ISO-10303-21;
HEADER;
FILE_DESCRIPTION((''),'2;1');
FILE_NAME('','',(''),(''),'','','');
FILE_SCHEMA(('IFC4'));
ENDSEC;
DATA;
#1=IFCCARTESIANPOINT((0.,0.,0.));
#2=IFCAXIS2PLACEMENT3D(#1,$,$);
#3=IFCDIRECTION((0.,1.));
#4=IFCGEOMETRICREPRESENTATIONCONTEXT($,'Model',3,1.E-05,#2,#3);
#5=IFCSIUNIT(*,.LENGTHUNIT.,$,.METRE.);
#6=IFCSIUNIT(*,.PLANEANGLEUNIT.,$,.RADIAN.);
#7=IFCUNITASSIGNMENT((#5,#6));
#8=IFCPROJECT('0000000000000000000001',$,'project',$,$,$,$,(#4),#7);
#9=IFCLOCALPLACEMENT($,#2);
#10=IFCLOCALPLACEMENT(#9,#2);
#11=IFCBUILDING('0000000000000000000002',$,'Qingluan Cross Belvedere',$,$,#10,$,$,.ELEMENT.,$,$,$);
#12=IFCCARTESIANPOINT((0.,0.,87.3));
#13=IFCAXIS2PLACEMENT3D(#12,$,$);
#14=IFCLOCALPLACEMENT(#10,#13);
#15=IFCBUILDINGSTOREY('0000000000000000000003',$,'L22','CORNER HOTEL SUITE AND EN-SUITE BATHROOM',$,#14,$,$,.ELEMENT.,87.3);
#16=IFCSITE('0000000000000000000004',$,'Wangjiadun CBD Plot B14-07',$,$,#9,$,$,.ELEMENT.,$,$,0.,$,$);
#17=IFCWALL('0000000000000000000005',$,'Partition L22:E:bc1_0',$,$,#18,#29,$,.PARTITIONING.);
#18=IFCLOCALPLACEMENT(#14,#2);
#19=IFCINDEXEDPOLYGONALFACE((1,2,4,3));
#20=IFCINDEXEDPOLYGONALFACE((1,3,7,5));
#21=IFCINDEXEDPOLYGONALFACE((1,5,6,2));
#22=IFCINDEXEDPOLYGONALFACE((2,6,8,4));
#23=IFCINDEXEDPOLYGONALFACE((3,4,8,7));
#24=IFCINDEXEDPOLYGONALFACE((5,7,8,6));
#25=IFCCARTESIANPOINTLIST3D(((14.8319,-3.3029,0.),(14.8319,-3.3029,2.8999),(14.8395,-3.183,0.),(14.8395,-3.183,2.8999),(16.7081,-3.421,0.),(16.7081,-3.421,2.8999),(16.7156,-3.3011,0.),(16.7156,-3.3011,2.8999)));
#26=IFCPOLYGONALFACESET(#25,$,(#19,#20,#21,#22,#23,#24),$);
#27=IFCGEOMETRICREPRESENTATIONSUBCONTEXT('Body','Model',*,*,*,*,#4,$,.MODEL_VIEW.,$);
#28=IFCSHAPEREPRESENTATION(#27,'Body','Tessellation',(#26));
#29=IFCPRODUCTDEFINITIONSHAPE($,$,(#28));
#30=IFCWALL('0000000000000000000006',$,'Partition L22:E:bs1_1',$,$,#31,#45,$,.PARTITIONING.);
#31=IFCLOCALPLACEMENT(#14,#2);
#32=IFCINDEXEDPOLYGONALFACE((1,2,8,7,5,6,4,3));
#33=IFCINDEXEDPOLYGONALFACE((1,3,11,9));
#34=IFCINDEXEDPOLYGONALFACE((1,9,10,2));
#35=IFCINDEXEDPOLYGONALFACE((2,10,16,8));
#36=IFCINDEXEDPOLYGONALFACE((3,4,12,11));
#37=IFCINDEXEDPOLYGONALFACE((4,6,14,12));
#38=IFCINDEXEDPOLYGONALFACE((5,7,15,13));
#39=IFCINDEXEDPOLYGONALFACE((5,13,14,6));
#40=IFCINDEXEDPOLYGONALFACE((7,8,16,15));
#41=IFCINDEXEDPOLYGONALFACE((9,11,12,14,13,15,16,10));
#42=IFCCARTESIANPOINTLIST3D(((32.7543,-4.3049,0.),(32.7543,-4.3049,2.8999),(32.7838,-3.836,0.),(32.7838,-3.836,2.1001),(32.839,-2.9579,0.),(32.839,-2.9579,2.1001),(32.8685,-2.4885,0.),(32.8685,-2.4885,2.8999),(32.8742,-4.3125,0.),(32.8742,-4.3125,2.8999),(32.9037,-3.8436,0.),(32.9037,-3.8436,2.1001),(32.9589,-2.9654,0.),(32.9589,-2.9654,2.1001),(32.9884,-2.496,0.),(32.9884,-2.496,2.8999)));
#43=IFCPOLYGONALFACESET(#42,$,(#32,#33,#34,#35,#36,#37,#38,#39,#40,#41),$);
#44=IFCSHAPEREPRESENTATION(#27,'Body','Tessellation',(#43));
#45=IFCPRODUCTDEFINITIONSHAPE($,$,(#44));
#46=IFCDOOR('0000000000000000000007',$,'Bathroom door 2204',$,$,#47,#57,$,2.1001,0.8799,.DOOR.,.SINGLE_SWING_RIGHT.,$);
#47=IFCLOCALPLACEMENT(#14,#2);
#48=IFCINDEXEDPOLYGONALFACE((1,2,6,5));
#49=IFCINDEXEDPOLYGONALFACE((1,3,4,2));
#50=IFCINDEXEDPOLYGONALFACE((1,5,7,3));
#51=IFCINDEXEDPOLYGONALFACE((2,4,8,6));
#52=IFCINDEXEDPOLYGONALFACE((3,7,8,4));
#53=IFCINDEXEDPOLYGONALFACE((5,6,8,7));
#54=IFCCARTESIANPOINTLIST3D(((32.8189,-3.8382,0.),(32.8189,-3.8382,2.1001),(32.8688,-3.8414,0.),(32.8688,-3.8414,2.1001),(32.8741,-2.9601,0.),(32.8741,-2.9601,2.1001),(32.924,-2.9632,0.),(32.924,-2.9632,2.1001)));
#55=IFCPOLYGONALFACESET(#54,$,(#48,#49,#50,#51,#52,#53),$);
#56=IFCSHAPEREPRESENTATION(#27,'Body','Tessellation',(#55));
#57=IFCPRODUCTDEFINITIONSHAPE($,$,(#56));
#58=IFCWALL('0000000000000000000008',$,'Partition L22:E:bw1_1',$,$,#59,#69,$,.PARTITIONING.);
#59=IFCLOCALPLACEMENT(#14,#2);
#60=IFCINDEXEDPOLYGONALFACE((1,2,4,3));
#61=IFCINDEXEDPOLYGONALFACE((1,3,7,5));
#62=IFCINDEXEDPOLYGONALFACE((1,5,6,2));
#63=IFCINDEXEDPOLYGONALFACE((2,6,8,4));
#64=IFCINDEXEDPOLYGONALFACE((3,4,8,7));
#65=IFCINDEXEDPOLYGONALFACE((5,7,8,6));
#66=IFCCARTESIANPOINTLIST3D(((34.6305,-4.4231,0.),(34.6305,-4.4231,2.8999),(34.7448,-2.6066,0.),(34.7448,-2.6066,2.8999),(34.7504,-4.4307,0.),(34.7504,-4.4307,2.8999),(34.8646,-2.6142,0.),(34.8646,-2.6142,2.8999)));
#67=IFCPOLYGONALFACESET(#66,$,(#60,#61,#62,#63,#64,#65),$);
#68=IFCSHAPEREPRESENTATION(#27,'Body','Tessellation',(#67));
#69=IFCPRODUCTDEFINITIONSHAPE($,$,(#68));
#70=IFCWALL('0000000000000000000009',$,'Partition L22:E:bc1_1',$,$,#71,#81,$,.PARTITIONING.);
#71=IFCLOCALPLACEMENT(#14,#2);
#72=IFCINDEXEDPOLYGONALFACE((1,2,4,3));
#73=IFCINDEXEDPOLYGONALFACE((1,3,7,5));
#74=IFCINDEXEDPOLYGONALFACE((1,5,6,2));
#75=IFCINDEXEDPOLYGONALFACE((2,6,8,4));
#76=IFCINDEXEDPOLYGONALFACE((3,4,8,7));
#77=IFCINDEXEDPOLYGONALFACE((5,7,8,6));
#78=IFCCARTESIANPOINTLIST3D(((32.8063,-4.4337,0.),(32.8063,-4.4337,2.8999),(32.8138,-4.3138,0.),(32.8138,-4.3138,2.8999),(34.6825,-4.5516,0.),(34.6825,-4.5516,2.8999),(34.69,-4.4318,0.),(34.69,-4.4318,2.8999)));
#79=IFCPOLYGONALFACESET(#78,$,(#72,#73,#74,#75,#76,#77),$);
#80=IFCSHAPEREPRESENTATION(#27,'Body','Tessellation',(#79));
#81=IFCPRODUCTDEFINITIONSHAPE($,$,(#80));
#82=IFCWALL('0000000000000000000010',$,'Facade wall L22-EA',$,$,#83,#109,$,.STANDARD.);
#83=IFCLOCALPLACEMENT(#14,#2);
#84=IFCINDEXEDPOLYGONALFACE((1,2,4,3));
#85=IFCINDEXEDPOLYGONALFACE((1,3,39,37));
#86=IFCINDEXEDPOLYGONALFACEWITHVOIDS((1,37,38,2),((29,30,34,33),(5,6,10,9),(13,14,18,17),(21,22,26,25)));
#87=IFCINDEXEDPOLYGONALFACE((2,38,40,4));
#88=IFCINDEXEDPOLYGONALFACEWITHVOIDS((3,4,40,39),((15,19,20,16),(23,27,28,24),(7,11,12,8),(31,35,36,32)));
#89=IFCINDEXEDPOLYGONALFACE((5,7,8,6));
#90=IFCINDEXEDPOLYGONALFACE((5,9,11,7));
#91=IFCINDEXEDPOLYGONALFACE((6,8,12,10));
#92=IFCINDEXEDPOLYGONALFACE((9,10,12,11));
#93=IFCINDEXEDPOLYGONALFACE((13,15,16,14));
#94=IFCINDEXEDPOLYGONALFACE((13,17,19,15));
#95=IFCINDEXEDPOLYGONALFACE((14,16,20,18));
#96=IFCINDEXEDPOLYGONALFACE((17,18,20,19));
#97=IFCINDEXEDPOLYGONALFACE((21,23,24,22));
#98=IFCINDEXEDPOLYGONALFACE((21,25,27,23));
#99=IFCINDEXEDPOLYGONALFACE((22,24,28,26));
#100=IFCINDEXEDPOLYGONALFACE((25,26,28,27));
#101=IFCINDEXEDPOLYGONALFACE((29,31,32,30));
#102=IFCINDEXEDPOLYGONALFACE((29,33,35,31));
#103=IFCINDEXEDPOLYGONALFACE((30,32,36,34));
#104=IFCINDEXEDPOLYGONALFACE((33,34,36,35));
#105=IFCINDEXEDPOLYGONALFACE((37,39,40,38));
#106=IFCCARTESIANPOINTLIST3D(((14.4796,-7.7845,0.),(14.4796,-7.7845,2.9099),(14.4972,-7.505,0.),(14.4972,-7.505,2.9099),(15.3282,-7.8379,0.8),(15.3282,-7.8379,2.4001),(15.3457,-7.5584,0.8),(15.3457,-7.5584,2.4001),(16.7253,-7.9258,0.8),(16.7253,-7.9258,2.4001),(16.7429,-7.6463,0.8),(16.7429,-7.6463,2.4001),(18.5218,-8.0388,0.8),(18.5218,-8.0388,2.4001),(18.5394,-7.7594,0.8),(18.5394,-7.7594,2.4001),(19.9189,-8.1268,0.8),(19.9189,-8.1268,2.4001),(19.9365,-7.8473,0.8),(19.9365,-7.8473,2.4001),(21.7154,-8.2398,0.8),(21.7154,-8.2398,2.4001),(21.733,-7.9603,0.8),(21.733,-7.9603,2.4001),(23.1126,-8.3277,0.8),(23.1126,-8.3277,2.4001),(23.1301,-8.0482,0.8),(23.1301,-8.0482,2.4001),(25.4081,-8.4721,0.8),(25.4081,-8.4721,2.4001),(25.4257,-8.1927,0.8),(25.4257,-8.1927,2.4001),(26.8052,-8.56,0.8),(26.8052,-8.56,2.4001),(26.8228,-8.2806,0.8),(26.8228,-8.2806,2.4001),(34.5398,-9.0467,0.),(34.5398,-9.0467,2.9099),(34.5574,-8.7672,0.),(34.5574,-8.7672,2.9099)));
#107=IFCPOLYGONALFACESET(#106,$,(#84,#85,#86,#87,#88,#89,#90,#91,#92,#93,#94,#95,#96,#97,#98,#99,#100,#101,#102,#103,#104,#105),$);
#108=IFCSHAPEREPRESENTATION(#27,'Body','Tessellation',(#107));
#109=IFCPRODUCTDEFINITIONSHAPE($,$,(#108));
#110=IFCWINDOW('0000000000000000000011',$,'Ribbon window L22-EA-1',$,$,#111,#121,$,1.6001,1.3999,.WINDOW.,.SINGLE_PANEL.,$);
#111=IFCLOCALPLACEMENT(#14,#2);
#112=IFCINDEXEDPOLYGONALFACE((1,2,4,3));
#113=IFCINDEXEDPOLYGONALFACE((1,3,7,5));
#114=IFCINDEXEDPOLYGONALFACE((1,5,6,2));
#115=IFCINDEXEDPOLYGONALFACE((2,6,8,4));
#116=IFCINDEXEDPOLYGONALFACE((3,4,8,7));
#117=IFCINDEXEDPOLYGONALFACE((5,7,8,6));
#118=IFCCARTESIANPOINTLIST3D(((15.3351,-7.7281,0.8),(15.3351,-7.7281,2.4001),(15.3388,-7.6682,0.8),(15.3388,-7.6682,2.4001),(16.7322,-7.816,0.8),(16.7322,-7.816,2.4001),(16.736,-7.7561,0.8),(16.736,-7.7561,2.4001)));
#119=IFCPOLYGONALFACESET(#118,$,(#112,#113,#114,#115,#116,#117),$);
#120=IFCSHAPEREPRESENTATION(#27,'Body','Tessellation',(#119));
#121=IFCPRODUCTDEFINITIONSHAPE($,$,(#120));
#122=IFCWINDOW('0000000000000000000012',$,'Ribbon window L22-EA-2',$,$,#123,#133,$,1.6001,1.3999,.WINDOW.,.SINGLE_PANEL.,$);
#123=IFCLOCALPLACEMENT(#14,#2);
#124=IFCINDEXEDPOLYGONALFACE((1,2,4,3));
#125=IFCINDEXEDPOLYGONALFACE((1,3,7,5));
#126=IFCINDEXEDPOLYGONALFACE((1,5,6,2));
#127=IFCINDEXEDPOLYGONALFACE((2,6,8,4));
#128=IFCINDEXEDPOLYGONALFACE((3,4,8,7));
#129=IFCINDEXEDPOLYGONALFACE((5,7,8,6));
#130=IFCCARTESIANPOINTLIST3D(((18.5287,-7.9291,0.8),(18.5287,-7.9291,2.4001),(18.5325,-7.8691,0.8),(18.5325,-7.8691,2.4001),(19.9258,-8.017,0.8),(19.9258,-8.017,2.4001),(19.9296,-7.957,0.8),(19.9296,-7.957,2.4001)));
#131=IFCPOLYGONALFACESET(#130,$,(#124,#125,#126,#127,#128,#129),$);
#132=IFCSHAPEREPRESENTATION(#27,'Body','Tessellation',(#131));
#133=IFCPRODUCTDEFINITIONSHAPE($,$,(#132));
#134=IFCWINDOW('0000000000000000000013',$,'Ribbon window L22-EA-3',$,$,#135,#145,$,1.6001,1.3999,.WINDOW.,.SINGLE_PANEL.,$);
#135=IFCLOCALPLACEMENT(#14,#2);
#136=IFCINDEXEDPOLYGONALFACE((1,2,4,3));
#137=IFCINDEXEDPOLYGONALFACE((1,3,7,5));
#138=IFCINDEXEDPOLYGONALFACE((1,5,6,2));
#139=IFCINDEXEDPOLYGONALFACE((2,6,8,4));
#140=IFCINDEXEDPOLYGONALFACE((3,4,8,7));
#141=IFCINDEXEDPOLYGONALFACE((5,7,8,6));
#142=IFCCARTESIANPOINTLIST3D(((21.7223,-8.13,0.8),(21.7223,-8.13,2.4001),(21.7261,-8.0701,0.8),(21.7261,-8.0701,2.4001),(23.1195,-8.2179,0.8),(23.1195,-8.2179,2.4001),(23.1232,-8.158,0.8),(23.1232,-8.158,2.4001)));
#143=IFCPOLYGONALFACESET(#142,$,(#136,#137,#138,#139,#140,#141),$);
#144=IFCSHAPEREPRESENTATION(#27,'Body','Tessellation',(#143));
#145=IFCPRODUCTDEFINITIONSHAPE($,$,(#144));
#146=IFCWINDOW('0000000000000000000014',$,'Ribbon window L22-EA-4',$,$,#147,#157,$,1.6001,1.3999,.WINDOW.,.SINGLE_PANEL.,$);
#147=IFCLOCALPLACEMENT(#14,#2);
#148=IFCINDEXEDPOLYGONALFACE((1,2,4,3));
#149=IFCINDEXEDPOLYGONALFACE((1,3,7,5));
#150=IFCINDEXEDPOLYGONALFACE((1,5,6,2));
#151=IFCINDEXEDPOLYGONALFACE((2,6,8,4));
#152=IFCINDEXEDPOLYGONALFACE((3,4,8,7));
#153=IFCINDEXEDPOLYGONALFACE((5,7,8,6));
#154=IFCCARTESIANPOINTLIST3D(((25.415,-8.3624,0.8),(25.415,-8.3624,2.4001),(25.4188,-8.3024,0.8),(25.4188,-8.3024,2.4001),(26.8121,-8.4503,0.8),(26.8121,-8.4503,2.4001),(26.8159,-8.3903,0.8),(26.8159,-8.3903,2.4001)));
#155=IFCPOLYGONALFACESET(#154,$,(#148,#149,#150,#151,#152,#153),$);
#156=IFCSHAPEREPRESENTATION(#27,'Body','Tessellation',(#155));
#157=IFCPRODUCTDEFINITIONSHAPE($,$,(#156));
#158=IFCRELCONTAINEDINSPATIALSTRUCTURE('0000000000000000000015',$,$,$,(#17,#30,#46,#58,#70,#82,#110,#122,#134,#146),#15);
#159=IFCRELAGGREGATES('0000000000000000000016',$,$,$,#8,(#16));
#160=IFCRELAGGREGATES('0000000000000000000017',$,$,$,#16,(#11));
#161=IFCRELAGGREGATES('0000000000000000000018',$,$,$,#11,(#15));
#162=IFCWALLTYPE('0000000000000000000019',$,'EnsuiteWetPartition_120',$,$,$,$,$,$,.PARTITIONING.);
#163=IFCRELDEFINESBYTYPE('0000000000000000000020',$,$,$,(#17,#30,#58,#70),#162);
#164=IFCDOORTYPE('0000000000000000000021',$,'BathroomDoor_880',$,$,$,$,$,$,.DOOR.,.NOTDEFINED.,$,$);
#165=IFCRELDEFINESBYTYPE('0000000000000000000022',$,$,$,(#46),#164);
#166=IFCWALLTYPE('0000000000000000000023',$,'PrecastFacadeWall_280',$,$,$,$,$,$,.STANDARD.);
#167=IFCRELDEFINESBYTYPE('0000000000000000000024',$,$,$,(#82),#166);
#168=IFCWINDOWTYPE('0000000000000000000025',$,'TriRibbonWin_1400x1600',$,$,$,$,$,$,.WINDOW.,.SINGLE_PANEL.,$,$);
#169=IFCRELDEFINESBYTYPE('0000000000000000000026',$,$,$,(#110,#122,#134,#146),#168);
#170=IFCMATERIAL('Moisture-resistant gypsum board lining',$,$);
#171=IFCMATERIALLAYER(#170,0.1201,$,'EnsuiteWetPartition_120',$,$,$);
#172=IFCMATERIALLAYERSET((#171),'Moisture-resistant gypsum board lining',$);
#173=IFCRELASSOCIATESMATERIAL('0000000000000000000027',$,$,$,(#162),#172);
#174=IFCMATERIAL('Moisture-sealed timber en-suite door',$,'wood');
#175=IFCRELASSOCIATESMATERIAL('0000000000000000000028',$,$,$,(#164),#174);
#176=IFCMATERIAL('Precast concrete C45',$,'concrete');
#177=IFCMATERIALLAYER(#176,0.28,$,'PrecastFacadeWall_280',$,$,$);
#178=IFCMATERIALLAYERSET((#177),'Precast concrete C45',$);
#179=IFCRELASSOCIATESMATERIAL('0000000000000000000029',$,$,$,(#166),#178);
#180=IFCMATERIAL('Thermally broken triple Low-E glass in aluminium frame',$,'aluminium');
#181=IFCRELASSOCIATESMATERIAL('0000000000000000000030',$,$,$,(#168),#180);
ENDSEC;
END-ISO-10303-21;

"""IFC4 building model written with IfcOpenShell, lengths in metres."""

from ifc_helpers import new_model, si_unit, direction, frame, frame_2d, origin, place, context, subcontext, project, spatial, rectangle, extrude, material, layer, layer_set, type_object, element, fill, save


model = new_model("IFC4")

# Units and contexts
model_context = context("Model", 3, precision=1e-05, world=origin(), true_north=direction((0.0, 1.0)))
body_context = subcontext(model_context, "Body", "Model", "MODEL_VIEW")
ifc_project = project(units=[si_unit("LENGTHUNIT", "METRE"), si_unit("PLANEANGLEUNIT", "RADIAN")], contexts=[model_context])

# Site, building, storey
site_placement = place(None, origin())
site = spatial("IfcSite", under=ifc_project, at=site_placement, Name="Wangjiadun CBD Plot B14-07", CompositionType="ELEMENT", RefElevation=0.0)
building_placement = place(site_placement, origin())
building = spatial("IfcBuilding", under=site, at=building_placement, Name="Qingluan Cross Belvedere", CompositionType="ELEMENT")
storey_placement = place(building_placement, frame((0.0, 0.0, 87.3)))
storey = spatial("IfcBuildingStorey", under=building, at=storey_placement, Name="L22", Description="CORNER HOTEL SUITE AND EN-SUITE BATHROOM", CompositionType="ELEMENT", Elevation=87.3)

# Shared definitions
ifc_material_1 = material(Name="Moisture-resistant gypsum board lining")
ifc_layer_1 = layer(ifc_material_1, 0.1201, Name="EnsuiteWetPartition_120")
ifc_layer_set_1 = layer_set([ifc_layer_1], Name="Moisture-resistant gypsum board lining")
wall_type_1 = type_object("IfcWallType", Name="EnsuiteWetPartition_120", PredefinedType="PARTITIONING", material=ifc_layer_set_1)
ifc_material_2 = material(Name="Moisture-sealed timber en-suite door", Category="wood")
door_type = type_object("IfcDoorType", Name="BathroomDoor_880", OperationType="NOTDEFINED", PredefinedType="DOOR", material=ifc_material_2)

# Wall
wall_1_placement = place(storey_placement, frame((14.8357, -3.2429, 0.0), z_axis=(0.0, 0.0, 1.0), x_axis=(0.998023, -0.062855, 0.0)))
element("IfcWall", 1, at=wall_1_placement, inside=storey, type_object=wall_type_1, Name="Partition L22:E:bc1_0", PredefinedType="PARTITIONING", context=body_context, shape_type="SweptSolid", body=[
    extrude(rectangle(XDim=1.8799, YDim=0.1201, at=frame_2d((0.9399, 0.0))), origin(), (0.0, 0.0, 1.0), 2.8999),
])

# Wall, opening, door
wall_2_placement = place(storey_placement, frame((32.8142, -4.3088, 0.0), z_axis=(0.0, 0.0, 1.0), x_axis=(0.062779, 0.998027, 0.0)))
wall_2 = element("IfcWall", 2, at=wall_2_placement, inside=storey, type_object=wall_type_1, Name="Partition L22:E:bs1_1", PredefinedType="PARTITIONING", context=body_context, shape_type="SweptSolid", body=[
    extrude(rectangle(XDim=1.8201, YDim=0.1201, at=frame_2d((0.9102, 0.0))), origin(), (0.0, 0.0, 1.0), 2.8999),
])
opening_1_placement = place(wall_2_placement, frame((0.47, 0.0, 0.0)))
opening_1 = element("IfcOpeningElement", 3, at=opening_1_placement, cuts=wall_2, PredefinedType="OPENING", context=body_context, shape_type="SweptSolid", body=[
    extrude(rectangle(XDim=0.8799, YDim=2.1001, at=frame_2d((0.4399, 1.05))), frame((0.0, 0.0701, 0.0), z_axis=(0.0, -1.0, 0.0), x_axis=(1.0, 0.0, 0.0)), (0.0, 0.0, 1.0), 0.1401),
])
door_1_placement = place(opening_1_placement, origin())
door_1 = element("IfcDoor", 4, at=door_1_placement, inside=storey, type_object=door_type, Name="Bathroom door 2204", OperationType="SINGLE_SWING_RIGHT", OverallHeight=2.1001, OverallWidth=0.8799, PredefinedType="DOOR", context=body_context, shape_type="SweptSolid", body=[
    extrude(rectangle(XDim=0.8799, YDim=2.1001, at=frame_2d((0.4399, 1.05))), frame((0.0, 0.0249, 0.0), z_axis=(0.0, -1.0, 0.0), x_axis=(1.0, 0.0, 0.0)), (0.0, 0.0, 1.0), 0.05),
])
fill(opening_1, door_1)

# Walls
wall_3_placement = place(storey_placement, frame((34.6904, -4.427, 0.0), z_axis=(0.0, 0.0, 1.0), x_axis=(0.062779, 0.998027, 0.0)))
element("IfcWall", 5, at=wall_3_placement, inside=storey, type_object=wall_type_1, Name="Partition L22:E:bw1_1", PredefinedType="PARTITIONING", context=body_context, shape_type="SweptSolid", body=[
    extrude(rectangle(XDim=1.8201, YDim=0.1201, at=frame_2d((0.9102, 0.0))), origin(), (0.0, 0.0, 1.0), 2.8999),
])
wall_4_placement = place(storey_placement, frame((32.8101, -4.3738, 0.0), z_axis=(0.0, 0.0, 1.0), x_axis=(0.998031, -0.062726, 0.0)))
element("IfcWall", 6, at=wall_4_placement, inside=storey, type_object=wall_type_1, Name="Partition L22:E:bc1_1", PredefinedType="PARTITIONING", context=body_context, shape_type="SweptSolid", body=[
    extrude(rectangle(XDim=1.8799, YDim=0.1201, at=frame_2d((0.9399, 0.0))), origin(), (0.0, 0.0, 1.0), 2.8999),
])

# Wall, openings, windows
ifc_material_3 = material(Name="Precast concrete C45", Category="concrete")
ifc_layer_2 = layer(ifc_material_3, 0.28, Name="PrecastFacadeWall_280")
ifc_layer_set_2 = layer_set([ifc_layer_2], Name="Precast concrete C45")
wall_type_2 = type_object("IfcWallType", Name="PrecastFacadeWall_280", PredefinedType="STANDARD", material=ifc_layer_set_2)
wall_5_placement = place(storey_placement, frame((14.4885, -7.6448, 0.0), z_axis=(0.0, 0.0, 1.0), x_axis=(0.998026, -0.062796, 0.0)))
wall_5 = element("IfcWall", 7, at=wall_5_placement, inside=storey, type_object=wall_type_2, Name="Facade wall L22-EA", PredefinedType="STANDARD", context=body_context, shape_type="SweptSolid", body=[
    extrude(rectangle(XDim=20.0999, YDim=0.28, at=frame_2d((10.0498, 0.0))), origin(), (0.0, 0.0, 1.0), 2.9099),
])
opening_2_placement = place(wall_5_placement, frame((0.8501, 0.0, 0.8)))
opening_2 = element("IfcOpeningElement", 8, at=opening_2_placement, cuts=wall_5, PredefinedType="OPENING", context=body_context, shape_type="SweptSolid", body=[
    extrude(rectangle(XDim=1.3999, YDim=1.6001, at=frame_2d((0.7, 0.8))), frame((0.0, 0.1499, 0.0), z_axis=(0.0, -1.0, 0.0), x_axis=(1.0, 0.0, 0.0)), (0.0, 0.0, 1.0), 0.3),
])
opening_3_placement = place(wall_5_placement, frame((4.05, 0.0, 0.8)))
opening_3 = element("IfcOpeningElement", 9, at=opening_3_placement, cuts=wall_5, PredefinedType="OPENING", context=body_context, shape_type="SweptSolid", body=[
    extrude(rectangle(XDim=1.3999, YDim=1.6001, at=frame_2d((0.7, 0.8))), frame((0.0, 0.1499, 0.0), z_axis=(0.0, -1.0, 0.0), x_axis=(1.0, 0.0, 0.0)), (0.0, 0.0, 1.0), 0.3),
])
opening_4_placement = place(wall_5_placement, frame((7.25, 0.0, 0.8)))
opening_4 = element("IfcOpeningElement", 10, at=opening_4_placement, cuts=wall_5, PredefinedType="OPENING", context=body_context, shape_type="SweptSolid", body=[
    extrude(rectangle(XDim=1.3999, YDim=1.6001, at=frame_2d((0.7, 0.8))), frame((0.0, 0.1499, 0.0), z_axis=(0.0, -1.0, 0.0), x_axis=(1.0, 0.0, 0.0)), (0.0, 0.0, 1.0), 0.3),
])
opening_5_placement = place(wall_5_placement, frame((10.95, 0.0, 0.8)))
opening_5 = element("IfcOpeningElement", 11, at=opening_5_placement, cuts=wall_5, PredefinedType="OPENING", context=body_context, shape_type="SweptSolid", body=[
    extrude(rectangle(XDim=1.3999, YDim=1.6001, at=frame_2d((0.7, 0.8))), frame((0.0, 0.1499, 0.0), z_axis=(0.0, -1.0, 0.0), x_axis=(1.0, 0.0, 0.0)), (0.0, 0.0, 1.0), 0.3),
])
ifc_material_4 = material(Name="Thermally broken triple Low-E glass in aluminium frame", Category="aluminium")
window_type_1 = type_object("IfcWindowType", Name="TriRibbonWin_1400x1600", PartitioningType="SINGLE_PANEL", PredefinedType="WINDOW", material=ifc_material_4)
window_1_placement = place(opening_2_placement, origin())
window_1 = element("IfcWindow", 12, at=window_1_placement, inside=storey, type_object=window_type_1, Name="Ribbon window L22-EA-1", OverallHeight=1.6001, OverallWidth=1.3999, PartitioningType="SINGLE_PANEL", PredefinedType="WINDOW", context=body_context, shape_type="SweptSolid", body=[
    extrude(rectangle(XDim=1.3999, YDim=1.6001, at=frame_2d((0.7, 0.8))), frame((0.0, 0.03, 0.0), z_axis=(0.0, -1.0, 0.0), x_axis=(1.0, 0.0, 0.0)), (0.0, 0.0, 1.0), 0.0601),
])
fill(opening_2, window_1)
window_2_placement = place(opening_3_placement, origin())
window_2 = element("IfcWindow", 13, at=window_2_placement, inside=storey, type_object=window_type_1, Name="Ribbon window L22-EA-2", OverallHeight=1.6001, OverallWidth=1.3999, PartitioningType="SINGLE_PANEL", PredefinedType="WINDOW", context=body_context, shape_type="SweptSolid", body=[
    extrude(rectangle(XDim=1.3999, YDim=1.6001, at=frame_2d((0.7, 0.8))), frame((0.0, 0.03, 0.0), z_axis=(0.0, -1.0, 0.0), x_axis=(1.0, 0.0, 0.0)), (0.0, 0.0, 1.0), 0.0601),
])
fill(opening_3, window_2)
window_3_placement = place(opening_4_placement, origin())
window_3 = element("IfcWindow", 14, at=window_3_placement, inside=storey, type_object=window_type_1, Name="Ribbon window L22-EA-3", OverallHeight=1.6001, OverallWidth=1.3999, PartitioningType="SINGLE_PANEL", PredefinedType="WINDOW", context=body_context, shape_type="SweptSolid", body=[
    extrude(rectangle(XDim=1.3999, YDim=1.6001, at=frame_2d((0.7, 0.8))), frame((0.0, 0.03, 0.0), z_axis=(0.0, -1.0, 0.0), x_axis=(1.0, 0.0, 0.0)), (0.0, 0.0, 1.0), 0.0601),
])
fill(opening_4, window_3)
window_4_placement = place(opening_5_placement, origin())
window_4 = element("IfcWindow", 15, at=window_4_placement, inside=storey, type_object=window_type_1, Name="Ribbon window L22-EA-4", OverallHeight=1.6001, OverallWidth=1.3999, PartitioningType="SINGLE_PANEL", PredefinedType="WINDOW", context=body_context, shape_type="SweptSolid", body=[
    extrude(rectangle(XDim=1.3999, YDim=1.6001, at=frame_2d((0.7, 0.8))), frame((0.0, 0.03, 0.0), z_axis=(0.0, -1.0, 0.0), x_axis=(1.0, 0.0, 0.0)), (0.0, 0.0, 1.0), 0.0601),
])
fill(opening_5, window_4)

save(model, "model.ifc")
